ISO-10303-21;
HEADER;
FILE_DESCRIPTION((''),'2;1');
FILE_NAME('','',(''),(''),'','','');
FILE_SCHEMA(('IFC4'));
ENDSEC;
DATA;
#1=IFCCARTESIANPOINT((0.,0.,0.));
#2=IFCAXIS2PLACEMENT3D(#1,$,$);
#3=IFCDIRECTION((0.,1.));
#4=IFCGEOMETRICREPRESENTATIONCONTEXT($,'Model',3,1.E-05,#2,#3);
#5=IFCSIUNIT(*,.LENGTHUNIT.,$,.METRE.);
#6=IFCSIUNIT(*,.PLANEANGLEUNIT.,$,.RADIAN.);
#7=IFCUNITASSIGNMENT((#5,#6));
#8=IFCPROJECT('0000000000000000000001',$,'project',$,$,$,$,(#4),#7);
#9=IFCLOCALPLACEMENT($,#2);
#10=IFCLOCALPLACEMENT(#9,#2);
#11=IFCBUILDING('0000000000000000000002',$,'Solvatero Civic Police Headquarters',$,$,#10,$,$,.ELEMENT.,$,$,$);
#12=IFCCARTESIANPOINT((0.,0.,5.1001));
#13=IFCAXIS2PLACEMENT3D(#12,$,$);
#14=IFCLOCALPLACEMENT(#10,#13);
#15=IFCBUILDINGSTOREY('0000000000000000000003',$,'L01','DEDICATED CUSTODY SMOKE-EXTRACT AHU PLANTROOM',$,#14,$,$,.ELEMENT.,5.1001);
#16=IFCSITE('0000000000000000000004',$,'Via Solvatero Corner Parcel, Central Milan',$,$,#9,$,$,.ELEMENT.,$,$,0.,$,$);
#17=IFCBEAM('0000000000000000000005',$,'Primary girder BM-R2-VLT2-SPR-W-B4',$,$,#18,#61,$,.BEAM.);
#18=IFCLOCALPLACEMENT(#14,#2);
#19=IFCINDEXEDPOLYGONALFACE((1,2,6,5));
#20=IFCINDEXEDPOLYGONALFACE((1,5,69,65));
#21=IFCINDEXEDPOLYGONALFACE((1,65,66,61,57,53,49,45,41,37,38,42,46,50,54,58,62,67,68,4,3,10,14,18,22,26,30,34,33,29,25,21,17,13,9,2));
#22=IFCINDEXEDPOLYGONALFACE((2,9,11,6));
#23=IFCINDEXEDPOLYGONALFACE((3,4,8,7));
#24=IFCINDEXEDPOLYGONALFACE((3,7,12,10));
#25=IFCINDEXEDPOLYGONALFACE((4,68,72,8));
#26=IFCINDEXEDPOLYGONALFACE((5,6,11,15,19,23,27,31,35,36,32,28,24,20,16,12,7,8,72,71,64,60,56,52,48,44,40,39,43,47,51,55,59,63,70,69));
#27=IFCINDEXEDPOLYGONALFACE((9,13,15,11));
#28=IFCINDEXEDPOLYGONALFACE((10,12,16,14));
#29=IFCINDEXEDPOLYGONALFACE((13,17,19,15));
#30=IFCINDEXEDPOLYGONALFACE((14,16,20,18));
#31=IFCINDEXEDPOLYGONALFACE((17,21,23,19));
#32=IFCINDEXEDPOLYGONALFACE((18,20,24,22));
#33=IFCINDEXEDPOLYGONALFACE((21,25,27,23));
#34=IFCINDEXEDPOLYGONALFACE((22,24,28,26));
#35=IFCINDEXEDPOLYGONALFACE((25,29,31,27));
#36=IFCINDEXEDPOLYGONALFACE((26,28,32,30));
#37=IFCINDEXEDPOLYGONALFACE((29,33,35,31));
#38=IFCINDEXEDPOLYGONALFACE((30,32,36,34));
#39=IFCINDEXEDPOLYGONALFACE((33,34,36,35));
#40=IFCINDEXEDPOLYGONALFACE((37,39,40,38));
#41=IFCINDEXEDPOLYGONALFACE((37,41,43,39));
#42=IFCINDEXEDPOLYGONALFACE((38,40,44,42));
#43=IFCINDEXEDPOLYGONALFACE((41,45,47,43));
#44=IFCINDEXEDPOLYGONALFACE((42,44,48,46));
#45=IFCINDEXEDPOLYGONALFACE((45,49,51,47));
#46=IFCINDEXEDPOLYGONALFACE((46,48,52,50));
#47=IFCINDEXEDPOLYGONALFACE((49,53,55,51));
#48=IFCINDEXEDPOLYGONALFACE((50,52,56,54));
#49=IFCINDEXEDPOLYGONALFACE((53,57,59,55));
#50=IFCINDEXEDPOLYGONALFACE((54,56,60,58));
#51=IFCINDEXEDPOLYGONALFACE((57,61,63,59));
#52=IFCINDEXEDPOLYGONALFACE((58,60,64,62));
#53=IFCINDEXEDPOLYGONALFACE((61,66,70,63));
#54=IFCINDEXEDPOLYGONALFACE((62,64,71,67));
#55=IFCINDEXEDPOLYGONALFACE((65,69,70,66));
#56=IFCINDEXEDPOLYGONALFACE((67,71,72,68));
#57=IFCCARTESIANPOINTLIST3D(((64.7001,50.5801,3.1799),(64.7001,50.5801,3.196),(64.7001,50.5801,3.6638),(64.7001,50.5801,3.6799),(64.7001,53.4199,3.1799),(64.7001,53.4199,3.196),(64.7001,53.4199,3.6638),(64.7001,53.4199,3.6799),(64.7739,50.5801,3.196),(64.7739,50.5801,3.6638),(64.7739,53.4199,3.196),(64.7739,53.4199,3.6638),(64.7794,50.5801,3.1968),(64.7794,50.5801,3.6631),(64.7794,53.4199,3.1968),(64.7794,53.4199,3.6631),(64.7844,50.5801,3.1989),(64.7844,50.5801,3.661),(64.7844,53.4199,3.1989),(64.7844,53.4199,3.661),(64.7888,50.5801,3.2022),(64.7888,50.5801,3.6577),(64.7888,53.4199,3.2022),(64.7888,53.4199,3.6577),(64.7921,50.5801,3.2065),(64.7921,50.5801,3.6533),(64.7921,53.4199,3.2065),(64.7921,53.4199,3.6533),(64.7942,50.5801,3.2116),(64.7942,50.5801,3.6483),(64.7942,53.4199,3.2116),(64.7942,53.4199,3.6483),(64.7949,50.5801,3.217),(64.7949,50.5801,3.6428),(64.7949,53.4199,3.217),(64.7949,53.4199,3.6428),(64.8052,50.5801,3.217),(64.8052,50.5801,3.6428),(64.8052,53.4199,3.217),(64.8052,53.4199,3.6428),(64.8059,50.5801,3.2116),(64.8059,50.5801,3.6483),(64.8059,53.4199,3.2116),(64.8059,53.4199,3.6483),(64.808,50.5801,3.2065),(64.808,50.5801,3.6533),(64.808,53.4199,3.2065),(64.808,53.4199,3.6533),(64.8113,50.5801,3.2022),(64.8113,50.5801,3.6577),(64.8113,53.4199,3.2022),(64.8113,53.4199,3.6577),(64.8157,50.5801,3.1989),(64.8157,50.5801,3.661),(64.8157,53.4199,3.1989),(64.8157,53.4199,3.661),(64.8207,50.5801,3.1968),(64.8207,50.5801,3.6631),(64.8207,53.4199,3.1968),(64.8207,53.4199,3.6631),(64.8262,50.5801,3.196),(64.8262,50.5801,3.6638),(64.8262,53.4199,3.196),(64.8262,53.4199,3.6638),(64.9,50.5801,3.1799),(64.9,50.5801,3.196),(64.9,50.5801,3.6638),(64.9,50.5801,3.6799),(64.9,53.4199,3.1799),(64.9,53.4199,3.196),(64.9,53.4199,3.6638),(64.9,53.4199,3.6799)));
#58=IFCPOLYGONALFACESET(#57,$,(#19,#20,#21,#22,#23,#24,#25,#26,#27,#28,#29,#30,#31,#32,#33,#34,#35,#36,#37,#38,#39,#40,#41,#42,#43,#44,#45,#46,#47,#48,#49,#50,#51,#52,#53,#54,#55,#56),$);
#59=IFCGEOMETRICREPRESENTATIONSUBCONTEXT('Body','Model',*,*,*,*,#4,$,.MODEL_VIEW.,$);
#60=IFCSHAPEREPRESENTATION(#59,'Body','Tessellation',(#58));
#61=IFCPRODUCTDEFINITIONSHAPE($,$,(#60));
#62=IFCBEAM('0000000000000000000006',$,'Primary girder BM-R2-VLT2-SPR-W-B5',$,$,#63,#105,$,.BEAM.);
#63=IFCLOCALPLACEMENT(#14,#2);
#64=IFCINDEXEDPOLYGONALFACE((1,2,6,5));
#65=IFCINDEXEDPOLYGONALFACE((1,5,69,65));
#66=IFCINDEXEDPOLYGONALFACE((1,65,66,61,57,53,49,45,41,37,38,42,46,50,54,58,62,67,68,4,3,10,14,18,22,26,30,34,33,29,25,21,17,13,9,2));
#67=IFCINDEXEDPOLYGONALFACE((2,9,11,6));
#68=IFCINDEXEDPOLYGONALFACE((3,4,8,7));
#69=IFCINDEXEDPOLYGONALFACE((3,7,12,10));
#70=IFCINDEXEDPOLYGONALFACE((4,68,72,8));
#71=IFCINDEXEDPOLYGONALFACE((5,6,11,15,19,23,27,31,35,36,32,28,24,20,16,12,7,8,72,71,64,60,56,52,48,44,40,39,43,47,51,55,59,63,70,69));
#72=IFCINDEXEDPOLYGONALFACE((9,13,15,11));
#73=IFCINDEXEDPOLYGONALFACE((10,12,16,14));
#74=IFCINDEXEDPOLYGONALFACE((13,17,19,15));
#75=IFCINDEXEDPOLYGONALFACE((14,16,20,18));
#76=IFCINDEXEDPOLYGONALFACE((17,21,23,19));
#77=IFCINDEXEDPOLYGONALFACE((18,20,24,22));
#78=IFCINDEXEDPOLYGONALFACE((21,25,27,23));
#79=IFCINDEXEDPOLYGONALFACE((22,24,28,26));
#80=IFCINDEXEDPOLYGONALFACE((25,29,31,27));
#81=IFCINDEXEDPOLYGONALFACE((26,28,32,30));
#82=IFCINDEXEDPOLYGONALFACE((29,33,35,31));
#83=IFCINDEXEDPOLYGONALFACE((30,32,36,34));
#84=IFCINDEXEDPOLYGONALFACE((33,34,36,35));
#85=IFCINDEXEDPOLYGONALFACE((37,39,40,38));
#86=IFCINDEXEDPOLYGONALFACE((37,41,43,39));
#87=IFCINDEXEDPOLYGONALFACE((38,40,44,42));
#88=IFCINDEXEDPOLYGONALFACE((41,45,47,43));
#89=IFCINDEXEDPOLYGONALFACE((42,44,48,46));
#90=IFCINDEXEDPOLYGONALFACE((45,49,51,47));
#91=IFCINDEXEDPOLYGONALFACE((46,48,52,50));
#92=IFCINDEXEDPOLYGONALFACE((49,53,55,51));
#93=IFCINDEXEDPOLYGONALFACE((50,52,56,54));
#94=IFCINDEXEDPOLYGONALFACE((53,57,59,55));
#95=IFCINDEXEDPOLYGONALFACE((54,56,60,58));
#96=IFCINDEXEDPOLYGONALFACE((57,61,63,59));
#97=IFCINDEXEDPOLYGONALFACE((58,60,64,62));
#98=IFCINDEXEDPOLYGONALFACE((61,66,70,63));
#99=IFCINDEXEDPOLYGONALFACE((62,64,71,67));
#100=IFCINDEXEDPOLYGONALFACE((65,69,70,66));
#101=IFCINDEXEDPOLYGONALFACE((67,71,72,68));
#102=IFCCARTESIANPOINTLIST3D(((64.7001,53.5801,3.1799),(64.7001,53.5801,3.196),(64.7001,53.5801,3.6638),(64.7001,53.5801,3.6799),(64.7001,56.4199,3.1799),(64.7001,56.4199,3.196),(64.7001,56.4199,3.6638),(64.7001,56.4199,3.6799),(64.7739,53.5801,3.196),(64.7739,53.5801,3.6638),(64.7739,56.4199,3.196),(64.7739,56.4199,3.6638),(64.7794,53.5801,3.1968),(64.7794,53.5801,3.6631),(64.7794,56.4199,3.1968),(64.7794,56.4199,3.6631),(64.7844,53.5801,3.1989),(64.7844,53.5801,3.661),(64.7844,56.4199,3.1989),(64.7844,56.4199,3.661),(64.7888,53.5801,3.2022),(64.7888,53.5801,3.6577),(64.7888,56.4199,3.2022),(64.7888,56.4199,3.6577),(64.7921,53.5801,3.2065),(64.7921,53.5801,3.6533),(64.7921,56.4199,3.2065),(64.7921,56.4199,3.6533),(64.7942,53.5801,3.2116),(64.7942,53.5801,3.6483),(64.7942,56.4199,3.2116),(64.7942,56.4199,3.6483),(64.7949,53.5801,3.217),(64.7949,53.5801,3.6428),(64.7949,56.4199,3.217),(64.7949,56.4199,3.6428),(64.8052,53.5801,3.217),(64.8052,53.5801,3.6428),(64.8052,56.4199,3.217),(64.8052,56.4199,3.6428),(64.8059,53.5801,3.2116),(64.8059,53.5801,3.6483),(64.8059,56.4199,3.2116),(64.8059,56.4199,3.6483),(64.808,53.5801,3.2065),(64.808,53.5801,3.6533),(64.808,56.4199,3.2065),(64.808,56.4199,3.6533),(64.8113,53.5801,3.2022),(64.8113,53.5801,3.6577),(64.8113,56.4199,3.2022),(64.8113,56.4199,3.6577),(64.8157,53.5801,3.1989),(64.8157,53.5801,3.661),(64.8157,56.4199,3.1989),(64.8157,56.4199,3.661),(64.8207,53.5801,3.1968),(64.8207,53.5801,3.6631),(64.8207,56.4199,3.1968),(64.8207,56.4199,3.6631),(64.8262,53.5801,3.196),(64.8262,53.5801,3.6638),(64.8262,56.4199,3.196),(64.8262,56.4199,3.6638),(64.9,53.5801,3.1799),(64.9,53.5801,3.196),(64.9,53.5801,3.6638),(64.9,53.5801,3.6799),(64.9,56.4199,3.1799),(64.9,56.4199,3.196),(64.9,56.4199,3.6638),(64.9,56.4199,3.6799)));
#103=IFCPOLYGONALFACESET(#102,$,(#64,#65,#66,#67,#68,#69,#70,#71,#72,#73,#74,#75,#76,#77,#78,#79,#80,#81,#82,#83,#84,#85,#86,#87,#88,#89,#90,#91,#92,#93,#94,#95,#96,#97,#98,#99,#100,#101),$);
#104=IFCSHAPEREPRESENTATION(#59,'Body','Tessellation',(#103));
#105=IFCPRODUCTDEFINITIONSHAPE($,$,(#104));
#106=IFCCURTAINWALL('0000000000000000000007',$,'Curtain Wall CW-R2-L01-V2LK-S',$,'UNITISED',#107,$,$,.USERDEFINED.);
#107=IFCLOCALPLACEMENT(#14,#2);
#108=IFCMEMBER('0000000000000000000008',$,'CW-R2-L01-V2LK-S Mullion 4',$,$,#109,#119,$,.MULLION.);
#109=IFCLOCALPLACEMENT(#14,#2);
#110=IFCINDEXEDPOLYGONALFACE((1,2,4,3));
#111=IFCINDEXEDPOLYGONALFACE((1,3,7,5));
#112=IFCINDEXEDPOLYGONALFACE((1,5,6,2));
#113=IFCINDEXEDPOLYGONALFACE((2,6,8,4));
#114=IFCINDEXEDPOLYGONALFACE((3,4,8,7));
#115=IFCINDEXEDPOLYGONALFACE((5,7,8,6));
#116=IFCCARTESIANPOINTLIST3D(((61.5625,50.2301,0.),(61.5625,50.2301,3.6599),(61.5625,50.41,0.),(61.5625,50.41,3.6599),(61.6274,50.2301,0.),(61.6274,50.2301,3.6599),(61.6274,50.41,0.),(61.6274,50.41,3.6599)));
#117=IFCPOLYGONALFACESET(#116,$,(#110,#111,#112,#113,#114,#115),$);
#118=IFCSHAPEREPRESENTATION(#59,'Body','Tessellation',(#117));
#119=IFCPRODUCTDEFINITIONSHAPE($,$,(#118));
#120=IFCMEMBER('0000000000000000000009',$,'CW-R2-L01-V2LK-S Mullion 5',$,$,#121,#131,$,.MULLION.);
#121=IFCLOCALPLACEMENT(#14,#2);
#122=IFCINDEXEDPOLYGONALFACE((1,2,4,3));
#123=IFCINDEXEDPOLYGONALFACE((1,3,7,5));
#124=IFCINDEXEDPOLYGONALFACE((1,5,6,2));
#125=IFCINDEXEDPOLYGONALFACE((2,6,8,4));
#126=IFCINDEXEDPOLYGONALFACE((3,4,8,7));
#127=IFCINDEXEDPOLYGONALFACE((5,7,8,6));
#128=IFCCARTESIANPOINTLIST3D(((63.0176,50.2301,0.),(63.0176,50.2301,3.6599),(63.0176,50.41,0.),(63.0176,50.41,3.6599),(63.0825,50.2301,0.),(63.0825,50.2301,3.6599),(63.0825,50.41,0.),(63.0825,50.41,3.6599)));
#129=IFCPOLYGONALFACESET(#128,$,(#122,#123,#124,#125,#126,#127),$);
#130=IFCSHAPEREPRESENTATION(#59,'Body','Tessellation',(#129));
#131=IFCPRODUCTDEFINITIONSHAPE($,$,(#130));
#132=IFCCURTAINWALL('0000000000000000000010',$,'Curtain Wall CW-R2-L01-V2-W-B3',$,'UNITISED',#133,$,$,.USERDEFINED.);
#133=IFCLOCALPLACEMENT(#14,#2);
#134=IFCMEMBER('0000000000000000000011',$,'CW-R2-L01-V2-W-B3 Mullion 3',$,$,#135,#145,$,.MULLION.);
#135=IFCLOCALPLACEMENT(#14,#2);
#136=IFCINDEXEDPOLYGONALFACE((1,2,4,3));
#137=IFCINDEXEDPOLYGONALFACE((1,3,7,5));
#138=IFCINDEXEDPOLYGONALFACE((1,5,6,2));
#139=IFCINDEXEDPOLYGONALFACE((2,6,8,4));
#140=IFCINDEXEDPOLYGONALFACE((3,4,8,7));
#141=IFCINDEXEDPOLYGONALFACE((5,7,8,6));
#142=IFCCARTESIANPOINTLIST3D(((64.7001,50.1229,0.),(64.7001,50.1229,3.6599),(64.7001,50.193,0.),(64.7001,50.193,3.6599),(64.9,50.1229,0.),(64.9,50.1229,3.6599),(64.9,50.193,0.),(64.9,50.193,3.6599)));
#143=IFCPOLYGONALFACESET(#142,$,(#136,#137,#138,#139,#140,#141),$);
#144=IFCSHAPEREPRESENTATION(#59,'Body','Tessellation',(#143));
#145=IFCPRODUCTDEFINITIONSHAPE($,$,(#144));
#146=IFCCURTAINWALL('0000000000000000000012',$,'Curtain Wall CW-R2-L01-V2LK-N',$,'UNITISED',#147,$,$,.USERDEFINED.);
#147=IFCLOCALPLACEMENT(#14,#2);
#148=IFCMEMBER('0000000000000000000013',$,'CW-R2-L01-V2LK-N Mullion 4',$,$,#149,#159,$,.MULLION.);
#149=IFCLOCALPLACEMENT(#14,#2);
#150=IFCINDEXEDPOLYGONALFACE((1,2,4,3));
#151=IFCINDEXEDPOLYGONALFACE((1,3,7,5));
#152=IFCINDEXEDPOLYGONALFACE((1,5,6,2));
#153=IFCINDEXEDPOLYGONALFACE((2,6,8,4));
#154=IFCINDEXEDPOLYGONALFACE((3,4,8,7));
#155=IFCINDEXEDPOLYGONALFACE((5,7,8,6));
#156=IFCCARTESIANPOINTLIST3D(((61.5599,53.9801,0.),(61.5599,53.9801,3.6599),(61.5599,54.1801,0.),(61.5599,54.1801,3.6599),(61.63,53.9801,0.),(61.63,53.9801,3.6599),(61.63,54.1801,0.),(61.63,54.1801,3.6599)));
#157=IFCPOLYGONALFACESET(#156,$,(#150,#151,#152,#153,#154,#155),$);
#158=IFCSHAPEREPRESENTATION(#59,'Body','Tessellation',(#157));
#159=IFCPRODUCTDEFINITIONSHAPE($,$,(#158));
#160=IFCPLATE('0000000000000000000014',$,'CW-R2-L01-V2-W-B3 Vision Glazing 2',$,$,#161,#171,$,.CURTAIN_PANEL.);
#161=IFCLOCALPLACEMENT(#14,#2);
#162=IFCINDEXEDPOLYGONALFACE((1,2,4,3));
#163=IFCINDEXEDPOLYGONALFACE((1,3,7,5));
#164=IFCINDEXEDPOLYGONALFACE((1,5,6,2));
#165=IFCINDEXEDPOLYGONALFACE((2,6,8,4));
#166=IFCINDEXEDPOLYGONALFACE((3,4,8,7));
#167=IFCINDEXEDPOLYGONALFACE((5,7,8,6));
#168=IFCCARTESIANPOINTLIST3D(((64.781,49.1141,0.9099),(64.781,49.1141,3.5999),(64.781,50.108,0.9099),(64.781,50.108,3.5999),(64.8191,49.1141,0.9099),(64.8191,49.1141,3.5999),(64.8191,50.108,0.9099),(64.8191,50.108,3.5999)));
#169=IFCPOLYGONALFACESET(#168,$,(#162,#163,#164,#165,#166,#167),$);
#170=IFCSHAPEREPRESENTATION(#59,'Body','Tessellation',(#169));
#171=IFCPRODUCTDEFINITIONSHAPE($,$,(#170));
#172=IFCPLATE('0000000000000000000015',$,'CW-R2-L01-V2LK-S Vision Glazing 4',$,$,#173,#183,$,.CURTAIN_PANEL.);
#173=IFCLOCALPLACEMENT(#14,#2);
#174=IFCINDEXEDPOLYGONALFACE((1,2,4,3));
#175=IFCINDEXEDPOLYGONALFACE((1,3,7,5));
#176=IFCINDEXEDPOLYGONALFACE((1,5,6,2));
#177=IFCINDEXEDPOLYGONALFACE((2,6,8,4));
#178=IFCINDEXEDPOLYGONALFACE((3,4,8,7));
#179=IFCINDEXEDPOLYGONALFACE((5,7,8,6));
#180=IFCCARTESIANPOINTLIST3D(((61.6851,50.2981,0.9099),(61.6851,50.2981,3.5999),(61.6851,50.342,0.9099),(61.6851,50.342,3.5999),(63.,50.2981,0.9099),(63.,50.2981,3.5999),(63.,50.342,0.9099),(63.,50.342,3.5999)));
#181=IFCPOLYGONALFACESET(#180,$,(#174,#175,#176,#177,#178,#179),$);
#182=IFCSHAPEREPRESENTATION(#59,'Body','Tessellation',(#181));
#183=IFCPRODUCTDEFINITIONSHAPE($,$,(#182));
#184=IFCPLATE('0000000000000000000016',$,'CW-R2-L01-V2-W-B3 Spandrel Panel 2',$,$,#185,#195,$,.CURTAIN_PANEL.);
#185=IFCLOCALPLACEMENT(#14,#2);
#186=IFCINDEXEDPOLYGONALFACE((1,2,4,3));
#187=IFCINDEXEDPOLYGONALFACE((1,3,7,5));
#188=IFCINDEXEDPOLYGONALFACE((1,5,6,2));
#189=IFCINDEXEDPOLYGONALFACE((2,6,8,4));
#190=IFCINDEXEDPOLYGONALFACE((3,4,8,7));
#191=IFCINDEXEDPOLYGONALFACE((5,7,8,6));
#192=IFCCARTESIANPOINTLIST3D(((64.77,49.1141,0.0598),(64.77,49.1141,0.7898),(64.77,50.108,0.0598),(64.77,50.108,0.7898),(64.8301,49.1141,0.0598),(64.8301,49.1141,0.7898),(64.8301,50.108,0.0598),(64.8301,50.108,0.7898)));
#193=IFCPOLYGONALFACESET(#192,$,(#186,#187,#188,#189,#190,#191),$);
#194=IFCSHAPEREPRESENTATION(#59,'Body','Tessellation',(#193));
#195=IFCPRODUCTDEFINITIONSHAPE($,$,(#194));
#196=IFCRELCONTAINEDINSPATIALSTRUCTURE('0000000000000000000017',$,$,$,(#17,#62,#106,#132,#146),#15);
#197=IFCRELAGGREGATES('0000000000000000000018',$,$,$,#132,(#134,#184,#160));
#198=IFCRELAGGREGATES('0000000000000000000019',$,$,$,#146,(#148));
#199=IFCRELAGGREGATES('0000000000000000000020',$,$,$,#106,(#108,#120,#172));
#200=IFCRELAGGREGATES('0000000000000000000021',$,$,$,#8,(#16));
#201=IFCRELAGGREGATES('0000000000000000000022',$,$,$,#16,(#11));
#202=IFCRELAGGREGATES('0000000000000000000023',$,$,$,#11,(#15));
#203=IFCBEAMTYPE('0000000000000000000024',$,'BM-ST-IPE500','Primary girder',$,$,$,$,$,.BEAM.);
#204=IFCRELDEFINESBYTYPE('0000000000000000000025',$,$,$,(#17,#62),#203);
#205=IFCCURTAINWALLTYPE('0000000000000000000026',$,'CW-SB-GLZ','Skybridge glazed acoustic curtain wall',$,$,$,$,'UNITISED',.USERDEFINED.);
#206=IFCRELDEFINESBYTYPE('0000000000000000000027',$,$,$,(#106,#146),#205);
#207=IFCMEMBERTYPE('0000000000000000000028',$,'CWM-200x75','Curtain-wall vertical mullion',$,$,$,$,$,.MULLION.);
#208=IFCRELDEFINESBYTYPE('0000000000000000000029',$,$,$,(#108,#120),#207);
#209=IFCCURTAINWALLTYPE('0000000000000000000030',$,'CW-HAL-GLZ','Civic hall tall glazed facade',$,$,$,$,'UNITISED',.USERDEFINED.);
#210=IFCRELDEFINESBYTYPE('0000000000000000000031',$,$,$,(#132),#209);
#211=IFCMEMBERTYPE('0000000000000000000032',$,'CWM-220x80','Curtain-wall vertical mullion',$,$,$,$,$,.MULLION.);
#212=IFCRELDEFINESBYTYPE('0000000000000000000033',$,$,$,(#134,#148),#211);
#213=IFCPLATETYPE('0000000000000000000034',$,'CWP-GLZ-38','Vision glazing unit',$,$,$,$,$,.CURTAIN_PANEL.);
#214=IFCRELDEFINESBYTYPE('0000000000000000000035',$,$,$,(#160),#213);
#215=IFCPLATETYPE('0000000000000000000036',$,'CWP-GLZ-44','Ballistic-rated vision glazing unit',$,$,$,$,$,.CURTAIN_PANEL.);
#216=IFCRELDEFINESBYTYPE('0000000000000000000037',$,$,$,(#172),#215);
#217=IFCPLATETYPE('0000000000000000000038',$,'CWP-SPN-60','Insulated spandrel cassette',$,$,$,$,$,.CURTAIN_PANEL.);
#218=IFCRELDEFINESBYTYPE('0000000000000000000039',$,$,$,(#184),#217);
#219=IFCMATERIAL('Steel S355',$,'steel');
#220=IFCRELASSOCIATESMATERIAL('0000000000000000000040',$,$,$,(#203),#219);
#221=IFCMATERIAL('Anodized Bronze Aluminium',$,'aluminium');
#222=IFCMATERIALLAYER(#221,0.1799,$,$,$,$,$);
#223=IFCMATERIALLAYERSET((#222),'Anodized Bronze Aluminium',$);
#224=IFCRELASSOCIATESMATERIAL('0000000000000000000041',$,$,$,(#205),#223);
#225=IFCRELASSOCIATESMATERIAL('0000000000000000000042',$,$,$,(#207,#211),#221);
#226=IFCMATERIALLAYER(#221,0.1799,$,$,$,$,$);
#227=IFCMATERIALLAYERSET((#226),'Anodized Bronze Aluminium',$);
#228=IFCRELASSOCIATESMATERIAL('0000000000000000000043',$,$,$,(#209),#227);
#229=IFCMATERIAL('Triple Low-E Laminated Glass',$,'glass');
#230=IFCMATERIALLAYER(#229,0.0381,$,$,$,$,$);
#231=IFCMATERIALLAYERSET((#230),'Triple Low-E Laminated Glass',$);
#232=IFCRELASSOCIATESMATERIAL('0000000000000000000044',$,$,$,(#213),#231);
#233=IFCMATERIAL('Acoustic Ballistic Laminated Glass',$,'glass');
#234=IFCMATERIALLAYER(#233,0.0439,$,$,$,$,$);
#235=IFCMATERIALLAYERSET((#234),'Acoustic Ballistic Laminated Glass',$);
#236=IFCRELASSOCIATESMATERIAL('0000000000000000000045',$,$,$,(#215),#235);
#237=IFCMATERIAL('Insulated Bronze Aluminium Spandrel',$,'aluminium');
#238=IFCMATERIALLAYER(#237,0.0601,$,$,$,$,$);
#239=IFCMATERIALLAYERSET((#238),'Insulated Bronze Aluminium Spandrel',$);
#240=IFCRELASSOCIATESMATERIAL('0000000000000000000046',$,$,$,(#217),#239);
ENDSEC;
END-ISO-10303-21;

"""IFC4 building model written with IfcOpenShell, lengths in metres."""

from ifc_helpers import new_model, si_unit, direction, frame, origin, origin_2d, place, context, subcontext, project, spatial, rectangle, i_section, extrude, material, layer, layer_set, material_profile, profile_set, type_object, element, aggregate, save


model = new_model("IFC4")

# Units and contexts
model_context = context("Model", 3, precision=1e-05, world=origin(), true_north=direction((0.0, 1.0)))
body_context = subcontext(model_context, "Body", "Model", "MODEL_VIEW")
ifc_project = project(units=[si_unit("LENGTHUNIT", "METRE"), si_unit("PLANEANGLEUNIT", "RADIAN")], contexts=[model_context])

# Site, building, storey
site_placement = place(None, origin())
site = spatial("IfcSite", under=ifc_project, at=site_placement, Name="Via Solvatero Corner Parcel, Central Milan", CompositionType="ELEMENT", RefElevation=0.0)
building_placement = place(site_placement, origin())
building = spatial("IfcBuilding", under=site, at=building_placement, Name="Solvatero Civic Police Headquarters", CompositionType="ELEMENT")
storey_placement = place(building_placement, frame((0.0, 0.0, 5.1001)))
storey = spatial("IfcBuildingStorey", under=building, at=storey_placement, Name="L01", Description="DEDICATED CUSTODY SMOKE-EXTRACT AHU PLANTROOM", CompositionType="ELEMENT", Elevation=5.1001)

# Shared definitions
ifc_material_1 = material(Name="Steel S355", Category="steel")

# Beams
ifc_material_profile_1 = material_profile(ifc_material_1, i_section(OverallWidth=0.2, OverallDepth=0.5, WebThickness=0.0103, FlangeThickness=0.0161, FilletRadius=0.021, at=origin_2d()), Name="IPE 500")
ifc_profile_set_1 = profile_set([ifc_material_profile_1], Name="Steel S355")
beam_type_1 = type_object("IfcBeamType", Name="BM-ST-IPE500", Description="Primary girder", PredefinedType="BEAM", material=ifc_profile_set_1)
for number, where, z_axis, x_axis, name in (
    (1, (64.8, 50.5801, 3.4299), (0.0, 1.0, 0.0), (-1.0, 0.0, 0.0), "Primary girder BM-R2-VLT2-SPR-W-B4"),
    (2, (64.8, 53.5801, 3.4299), (0.0, 1.0, 0.0), (-1.0, 0.0, 0.0), "Primary girder BM-R2-VLT2-SPR-W-B5"),
):
    element("IfcBeam", number, at=place(storey_placement, frame(where, z_axis=z_axis, x_axis=x_axis)), inside=storey, type_object=beam_type_1, Name=name, PredefinedType="BEAM", context=body_context, shape_type="SweptSolid", body=[
        extrude(i_section(OverallWidth=0.2, OverallDepth=0.5, WebThickness=0.0103, FlangeThickness=0.0161, FilletRadius=0.021, at=origin_2d()), origin(), (0.0, 0.0, 1.0), 2.8398),
    ])

# Curtain wall, members
ifc_material_2 = material(Name="Anodized Bronze Aluminium", Category="aluminium")
ifc_layer_1 = layer(ifc_material_2, 0.1799)
ifc_layer_set_1 = layer_set([ifc_layer_1], Name="Anodized Bronze Aluminium")
curtain_wall_type_1 = type_object("IfcCurtainWallType", Name="CW-SB-GLZ", Description="Skybridge glazed acoustic curtain wall", ElementType="UNITISED", PredefinedType="USERDEFINED", material=ifc_layer_set_1)
curtain_wall_1_placement = place(storey_placement, origin())
curtain_wall_1 = element("IfcCurtainWall", 3, at=curtain_wall_1_placement, inside=storey, type_object=curtain_wall_type_1, Name="Curtain Wall CW-R2-L01-V2LK-S", ObjectType="UNITISED", PredefinedType="USERDEFINED")
ifc_material_profile_2 = material_profile(ifc_material_2, rectangle(XDim=0.0649, YDim=0.1799, at=origin_2d()), Name="ALU MULLION 65x180")
ifc_profile_set_2 = profile_set([ifc_material_profile_2], Name="Anodized Bronze Aluminium")
member_type_1 = type_object("IfcMemberType", Name="CWM-200x75", Description="Curtain-wall vertical mullion", PredefinedType="MULLION", material=ifc_profile_set_2)
member_1_placement = place(storey_placement, frame((61.595, 50.3201, 0.0), z_axis=(0.0, 0.0, 1.0), x_axis=(1.0, 0.0, 0.0)))
member_1 = element("IfcMember", 4, at=member_1_placement, type_object=member_type_1, Name="CW-R2-L01-V2LK-S Mullion 4", PredefinedType="MULLION", context=body_context, shape_type="SweptSolid", body=[
    extrude(rectangle(XDim=0.0649, YDim=0.1799, at=origin_2d()), origin(), (0.0, 0.0, 1.0), 3.6599),
])
member_2_placement = place(storey_placement, frame((63.05, 50.3201, 0.0), z_axis=(0.0, 0.0, 1.0), x_axis=(1.0, 0.0, 0.0)))
member_2 = element("IfcMember", 5, at=member_2_placement, type_object=member_type_1, Name="CW-R2-L01-V2LK-S Mullion 5", PredefinedType="MULLION", context=body_context, shape_type="SweptSolid", body=[
    extrude(rectangle(XDim=0.0649, YDim=0.1799, at=origin_2d()), origin(), (0.0, 0.0, 1.0), 3.6599),
])

# Curtain walls, members
ifc_layer_2 = layer(ifc_material_2, 0.1799)
ifc_layer_set_2 = layer_set([ifc_layer_2], Name="Anodized Bronze Aluminium")
curtain_wall_type_2 = type_object("IfcCurtainWallType", Name="CW-HAL-GLZ", Description="Civic hall tall glazed facade", ElementType="UNITISED", PredefinedType="USERDEFINED", material=ifc_layer_set_2)
curtain_wall_2_placement = place(storey_placement, origin())
curtain_wall_2 = element("IfcCurtainWall", 6, at=curtain_wall_2_placement, inside=storey, type_object=curtain_wall_type_2, Name="Curtain Wall CW-R2-L01-V2-W-B3", ObjectType="UNITISED", PredefinedType="USERDEFINED")
ifc_material_profile_3 = material_profile(ifc_material_2, rectangle(XDim=0.0701, YDim=0.2, at=origin_2d()), Name="ALU MULLION 70x200")
ifc_profile_set_3 = profile_set([ifc_material_profile_3], Name="Anodized Bronze Aluminium")
member_type_2 = type_object("IfcMemberType", Name="CWM-220x80", Description="Curtain-wall vertical mullion", PredefinedType="MULLION", material=ifc_profile_set_3)
member_3_placement = place(storey_placement, frame((64.8, 50.158, 0.0), z_axis=(0.0, 0.0, 1.0), x_axis=(0.0, 1.0, 0.0)))
member_3 = element("IfcMember", 7, at=member_3_placement, type_object=member_type_2, Name="CW-R2-L01-V2-W-B3 Mullion 3", PredefinedType="MULLION", context=body_context, shape_type="SweptSolid", body=[
    extrude(rectangle(XDim=0.0701, YDim=0.2, at=origin_2d()), origin(), (0.0, 0.0, 1.0), 3.6599),
])
curtain_wall_3_placement = place(storey_placement, origin())
curtain_wall_3 = element("IfcCurtainWall", 8, at=curtain_wall_3_placement, inside=storey, type_object=curtain_wall_type_1, Name="Curtain Wall CW-R2-L01-V2LK-N", ObjectType="UNITISED", PredefinedType="USERDEFINED")
member_4_placement = place(storey_placement, frame((61.595, 54.0801, 0.0), z_axis=(0.0, 0.0, 1.0), x_axis=(1.0, 0.0, 0.0)))
member_4 = element("IfcMember", 9, at=member_4_placement, type_object=member_type_2, Name="CW-R2-L01-V2LK-N Mullion 4", PredefinedType="MULLION", context=body_context, shape_type="SweptSolid", body=[
    extrude(rectangle(XDim=0.0701, YDim=0.2, at=origin_2d()), origin(), (0.0, 0.0, 1.0), 3.6599),
])

# Plates
ifc_material_3 = material(Name="Triple Low-E Laminated Glass", Category="glass")
ifc_layer_3 = layer(ifc_material_3, 0.0381)
ifc_layer_set_3 = layer_set([ifc_layer_3], Name="Triple Low-E Laminated Glass")
plate_type_1 = type_object("IfcPlateType", Name="CWP-GLZ-38", Description="Vision glazing unit", PredefinedType="CURTAIN_PANEL", material=ifc_layer_set_3)
plate_1_placement = place(storey_placement, frame((64.8, 49.6111, 0.9099), z_axis=(0.0, 0.0, 1.0), x_axis=(0.0, 1.0, 0.0)))
plate_1 = element("IfcPlate", 10, at=plate_1_placement, type_object=plate_type_1, Name="CW-R2-L01-V2-W-B3 Vision Glazing 2", PredefinedType="CURTAIN_PANEL", context=body_context, shape_type="SweptSolid", body=[
    extrude(rectangle(XDim=0.9939, YDim=0.0381, at=origin_2d()), origin(), (0.0, 0.0, 1.0), 2.6899),
])
ifc_material_4 = material(Name="Acoustic Ballistic Laminated Glass", Category="glass")
ifc_layer_4 = layer(ifc_material_4, 0.0439)
ifc_layer_set_4 = layer_set([ifc_layer_4], Name="Acoustic Ballistic Laminated Glass")
plate_type_2 = type_object("IfcPlateType", Name="CWP-GLZ-44", Description="Ballistic-rated vision glazing unit", PredefinedType="CURTAIN_PANEL", material=ifc_layer_set_4)
plate_2_placement = place(storey_placement, frame((62.3425, 50.3201, 0.9099), z_axis=(0.0, 0.0, 1.0), x_axis=(1.0, 0.0, 0.0)))
plate_2 = element("IfcPlate", 11, at=plate_2_placement, type_object=plate_type_2, Name="CW-R2-L01-V2LK-S Vision Glazing 4", PredefinedType="CURTAIN_PANEL", context=body_context, shape_type="SweptSolid", body=[
    extrude(rectangle(XDim=1.3149, YDim=0.0439, at=origin_2d()), origin(), (0.0, 0.0, 1.0), 2.6899),
])
ifc_material_5 = material(Name="Insulated Bronze Aluminium Spandrel", Category="aluminium")
ifc_layer_5 = layer(ifc_material_5, 0.0601)
ifc_layer_set_5 = layer_set([ifc_layer_5], Name="Insulated Bronze Aluminium Spandrel")
plate_type_3 = type_object("IfcPlateType", Name="CWP-SPN-60", Description="Insulated spandrel cassette", PredefinedType="CURTAIN_PANEL", material=ifc_layer_set_5)
plate_3_placement = place(storey_placement, frame((64.8, 49.6111, 0.0598), z_axis=(0.0, 0.0, 1.0), x_axis=(0.0, 1.0, 0.0)))
plate_3 = element("IfcPlate", 12, at=plate_3_placement, type_object=plate_type_3, Name="CW-R2-L01-V2-W-B3 Spandrel Panel 2", PredefinedType="CURTAIN_PANEL", context=body_context, shape_type="SweptSolid", body=[
    extrude(rectangle(XDim=0.9939, YDim=0.0601, at=origin_2d()), origin(), (0.0, 0.0, 1.0), 0.73),
])
aggregate(curtain_wall_2, [member_3, plate_3, plate_1])
aggregate(curtain_wall_3, [member_4])
aggregate(curtain_wall_1, [member_1, member_2, plate_2])

save(model, "model.ifc")
